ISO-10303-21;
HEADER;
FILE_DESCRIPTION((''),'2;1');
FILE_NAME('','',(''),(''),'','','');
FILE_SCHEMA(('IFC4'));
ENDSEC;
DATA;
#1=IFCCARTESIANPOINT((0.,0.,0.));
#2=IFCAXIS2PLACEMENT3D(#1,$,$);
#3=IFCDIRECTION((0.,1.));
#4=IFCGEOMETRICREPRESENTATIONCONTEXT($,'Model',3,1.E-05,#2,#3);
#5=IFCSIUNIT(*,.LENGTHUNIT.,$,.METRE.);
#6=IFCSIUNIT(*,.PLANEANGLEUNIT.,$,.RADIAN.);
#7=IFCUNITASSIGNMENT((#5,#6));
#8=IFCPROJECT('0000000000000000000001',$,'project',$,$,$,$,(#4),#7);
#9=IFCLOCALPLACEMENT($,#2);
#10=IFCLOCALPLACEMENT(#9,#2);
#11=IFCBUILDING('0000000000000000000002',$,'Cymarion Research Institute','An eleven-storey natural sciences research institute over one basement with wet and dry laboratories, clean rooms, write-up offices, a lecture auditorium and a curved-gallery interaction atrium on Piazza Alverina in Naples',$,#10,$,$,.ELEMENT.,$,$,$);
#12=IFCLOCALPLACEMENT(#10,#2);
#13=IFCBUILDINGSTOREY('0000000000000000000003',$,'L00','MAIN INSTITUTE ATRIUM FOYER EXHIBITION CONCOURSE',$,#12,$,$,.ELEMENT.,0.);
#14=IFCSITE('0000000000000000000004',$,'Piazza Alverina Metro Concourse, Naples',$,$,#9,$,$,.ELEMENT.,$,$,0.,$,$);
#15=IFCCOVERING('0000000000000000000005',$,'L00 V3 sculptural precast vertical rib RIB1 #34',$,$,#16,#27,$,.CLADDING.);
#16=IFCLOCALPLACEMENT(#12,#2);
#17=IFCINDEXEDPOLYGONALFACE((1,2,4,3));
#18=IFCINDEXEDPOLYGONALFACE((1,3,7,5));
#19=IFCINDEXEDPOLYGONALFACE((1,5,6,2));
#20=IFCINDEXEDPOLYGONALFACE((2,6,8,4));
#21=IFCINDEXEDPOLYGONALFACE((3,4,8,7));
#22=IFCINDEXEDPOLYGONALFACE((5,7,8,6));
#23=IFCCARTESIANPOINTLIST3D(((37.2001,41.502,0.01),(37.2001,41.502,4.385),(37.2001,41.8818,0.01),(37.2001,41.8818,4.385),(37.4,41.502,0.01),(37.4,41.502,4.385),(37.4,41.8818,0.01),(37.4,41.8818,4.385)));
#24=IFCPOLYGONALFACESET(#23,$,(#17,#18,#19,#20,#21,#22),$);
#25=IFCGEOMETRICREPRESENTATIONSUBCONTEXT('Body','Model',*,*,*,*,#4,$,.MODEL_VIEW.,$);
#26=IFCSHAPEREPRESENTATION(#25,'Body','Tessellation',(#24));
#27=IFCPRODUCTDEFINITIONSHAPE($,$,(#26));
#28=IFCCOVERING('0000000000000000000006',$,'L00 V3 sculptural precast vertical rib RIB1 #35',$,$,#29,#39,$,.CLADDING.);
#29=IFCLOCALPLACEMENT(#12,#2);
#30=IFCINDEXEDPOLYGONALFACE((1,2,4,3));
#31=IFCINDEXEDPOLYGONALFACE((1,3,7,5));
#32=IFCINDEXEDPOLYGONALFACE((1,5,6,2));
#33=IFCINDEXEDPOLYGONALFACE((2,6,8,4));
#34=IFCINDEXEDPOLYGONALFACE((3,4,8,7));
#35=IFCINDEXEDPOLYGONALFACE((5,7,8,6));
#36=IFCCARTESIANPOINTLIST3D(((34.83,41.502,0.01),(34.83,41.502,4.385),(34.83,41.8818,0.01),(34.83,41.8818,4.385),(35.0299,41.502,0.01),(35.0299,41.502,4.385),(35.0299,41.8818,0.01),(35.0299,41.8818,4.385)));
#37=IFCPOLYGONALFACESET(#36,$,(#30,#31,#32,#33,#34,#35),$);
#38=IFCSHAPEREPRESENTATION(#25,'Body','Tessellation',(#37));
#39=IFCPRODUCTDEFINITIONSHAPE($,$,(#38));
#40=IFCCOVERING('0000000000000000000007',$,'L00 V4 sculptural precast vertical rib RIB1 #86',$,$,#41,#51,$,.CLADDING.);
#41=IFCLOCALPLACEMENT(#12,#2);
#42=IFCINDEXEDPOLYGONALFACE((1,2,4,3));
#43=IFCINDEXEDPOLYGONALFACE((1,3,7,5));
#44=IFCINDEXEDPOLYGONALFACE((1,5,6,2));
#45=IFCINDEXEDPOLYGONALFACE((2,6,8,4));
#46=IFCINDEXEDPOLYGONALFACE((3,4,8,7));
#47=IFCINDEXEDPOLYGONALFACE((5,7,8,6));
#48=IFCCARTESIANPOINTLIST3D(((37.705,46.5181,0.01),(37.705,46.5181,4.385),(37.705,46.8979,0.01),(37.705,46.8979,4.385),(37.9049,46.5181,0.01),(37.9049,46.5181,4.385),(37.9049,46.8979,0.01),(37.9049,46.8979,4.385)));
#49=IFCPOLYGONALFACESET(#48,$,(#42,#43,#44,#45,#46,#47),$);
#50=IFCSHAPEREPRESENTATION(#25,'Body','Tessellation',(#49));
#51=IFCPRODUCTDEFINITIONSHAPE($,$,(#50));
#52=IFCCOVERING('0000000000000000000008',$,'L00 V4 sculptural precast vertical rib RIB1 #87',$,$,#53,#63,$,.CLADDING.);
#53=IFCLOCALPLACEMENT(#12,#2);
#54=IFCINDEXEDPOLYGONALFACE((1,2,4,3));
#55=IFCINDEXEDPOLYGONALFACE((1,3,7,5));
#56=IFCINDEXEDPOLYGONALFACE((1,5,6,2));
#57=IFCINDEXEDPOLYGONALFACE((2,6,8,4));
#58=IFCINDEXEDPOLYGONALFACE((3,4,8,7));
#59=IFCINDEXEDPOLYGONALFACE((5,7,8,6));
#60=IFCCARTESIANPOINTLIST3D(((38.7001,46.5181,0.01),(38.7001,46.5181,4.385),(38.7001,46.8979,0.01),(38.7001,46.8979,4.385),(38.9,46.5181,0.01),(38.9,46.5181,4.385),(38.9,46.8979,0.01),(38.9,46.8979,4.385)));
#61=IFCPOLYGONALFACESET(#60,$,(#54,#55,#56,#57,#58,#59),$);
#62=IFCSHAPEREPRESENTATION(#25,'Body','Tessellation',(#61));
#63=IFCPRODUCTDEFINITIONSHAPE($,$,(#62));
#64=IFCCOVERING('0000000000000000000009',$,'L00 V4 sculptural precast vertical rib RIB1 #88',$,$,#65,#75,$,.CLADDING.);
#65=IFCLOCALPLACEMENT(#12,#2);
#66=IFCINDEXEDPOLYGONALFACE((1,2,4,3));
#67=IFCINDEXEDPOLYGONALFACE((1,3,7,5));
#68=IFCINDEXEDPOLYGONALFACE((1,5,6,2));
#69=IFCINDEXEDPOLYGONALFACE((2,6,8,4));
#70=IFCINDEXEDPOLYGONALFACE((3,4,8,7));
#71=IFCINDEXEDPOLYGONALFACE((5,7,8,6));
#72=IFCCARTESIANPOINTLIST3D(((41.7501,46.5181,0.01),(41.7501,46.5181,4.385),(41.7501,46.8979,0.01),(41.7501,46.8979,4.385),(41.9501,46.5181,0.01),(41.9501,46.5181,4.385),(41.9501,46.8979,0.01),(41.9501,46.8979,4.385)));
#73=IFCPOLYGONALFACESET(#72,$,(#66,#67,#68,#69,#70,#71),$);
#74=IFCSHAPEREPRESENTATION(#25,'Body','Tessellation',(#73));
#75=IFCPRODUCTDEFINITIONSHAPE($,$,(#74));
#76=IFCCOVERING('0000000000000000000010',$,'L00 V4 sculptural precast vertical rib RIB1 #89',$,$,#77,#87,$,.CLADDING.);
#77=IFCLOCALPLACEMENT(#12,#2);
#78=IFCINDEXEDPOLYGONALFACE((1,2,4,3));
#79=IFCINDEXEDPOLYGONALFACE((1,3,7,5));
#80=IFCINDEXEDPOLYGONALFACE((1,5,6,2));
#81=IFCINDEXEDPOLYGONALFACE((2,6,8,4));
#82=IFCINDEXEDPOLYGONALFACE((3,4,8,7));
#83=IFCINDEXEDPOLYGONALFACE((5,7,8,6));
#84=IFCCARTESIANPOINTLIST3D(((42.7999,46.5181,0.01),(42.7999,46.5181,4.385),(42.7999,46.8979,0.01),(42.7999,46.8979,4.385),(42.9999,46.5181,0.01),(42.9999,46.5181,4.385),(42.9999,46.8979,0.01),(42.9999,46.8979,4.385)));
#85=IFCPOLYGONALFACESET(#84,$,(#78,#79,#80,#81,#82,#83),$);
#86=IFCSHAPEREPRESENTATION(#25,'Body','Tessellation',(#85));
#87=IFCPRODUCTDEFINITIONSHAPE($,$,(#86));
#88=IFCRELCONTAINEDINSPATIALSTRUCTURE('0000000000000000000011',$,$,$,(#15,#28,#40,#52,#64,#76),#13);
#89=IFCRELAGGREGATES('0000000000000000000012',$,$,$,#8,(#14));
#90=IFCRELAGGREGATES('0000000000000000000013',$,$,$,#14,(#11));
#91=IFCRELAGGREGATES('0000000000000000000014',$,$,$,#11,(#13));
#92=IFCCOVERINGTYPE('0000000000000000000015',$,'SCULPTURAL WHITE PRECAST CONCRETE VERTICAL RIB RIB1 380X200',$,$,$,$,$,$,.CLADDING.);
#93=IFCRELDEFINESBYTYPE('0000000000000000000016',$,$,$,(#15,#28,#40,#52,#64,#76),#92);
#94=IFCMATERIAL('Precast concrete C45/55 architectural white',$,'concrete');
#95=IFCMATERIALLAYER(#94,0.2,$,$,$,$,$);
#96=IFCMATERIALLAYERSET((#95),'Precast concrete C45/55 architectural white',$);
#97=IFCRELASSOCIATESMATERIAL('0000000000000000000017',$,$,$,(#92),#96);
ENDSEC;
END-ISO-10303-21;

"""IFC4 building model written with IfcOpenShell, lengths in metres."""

from ifc_helpers import new_model, si_unit, direction, frame, origin, origin_2d, place, context, subcontext, project, spatial, rectangle, extrude, material, layer, layer_set, type_object, element, save


model = new_model("IFC4")

# Units and contexts
model_context = context("Model", 3, precision=1e-05, world=origin(), true_north=direction((0.0, 1.0)))
body_context = subcontext(model_context, "Body", "Model", "MODEL_VIEW")
ifc_project = project(units=[si_unit("LENGTHUNIT", "METRE"), si_unit("PLANEANGLEUNIT", "RADIAN")], contexts=[model_context])

# Site, building, storey
site_placement = place(None, origin())
site = spatial("IfcSite", under=ifc_project, at=site_placement, Name="Piazza Alverina Metro Concourse, Naples", CompositionType="ELEMENT", RefElevation=0.0)
building_placement = place(site_placement, origin())
building = spatial("IfcBuilding", under=site, at=building_placement, Name="Cymarion Research Institute", Description="An eleven-storey natural sciences research institute over one basement with wet and dry laboratories, clean rooms, write-up offices, a lecture auditorium and a curved-gallery interaction atrium on Piazza Alverina in Naples", CompositionType="ELEMENT")
storey_placement = place(building_placement, origin())
storey = spatial("IfcBuildingStorey", under=building, at=storey_placement, Name="L00", Description="MAIN INSTITUTE ATRIUM FOYER EXHIBITION CONCOURSE", CompositionType="ELEMENT", Elevation=0.0)

# Coverings
ifc_material_1 = material(Name="Precast concrete C45/55 architectural white", Category="concrete")
ifc_layer_1 = layer(ifc_material_1, 0.2)
ifc_layer_set_1 = layer_set([ifc_layer_1], Name="Precast concrete C45/55 architectural white")
covering_type_1 = type_object("IfcCoveringType", Name="SCULPTURAL WHITE PRECAST CONCRETE VERTICAL RIB RIB1 380X200", PredefinedType="CLADDING", material=ifc_layer_set_1)
for number, where, z_axis, x_axis, name in (
    (1, (37.3, 41.6919, 0.01), (0.0, 0.0, 1.0), (0.0, 1.0, 0.0), "L00 V3 sculptural precast vertical rib RIB1 #34"),
    (2, (34.9299, 41.6919, 0.01), (0.0, 0.0, 1.0), (0.0, 1.0, 0.0), "L00 V3 sculptural precast vertical rib RIB1 #35"),
    (3, (37.8049, 46.708, 0.01), (0.0, 0.0, 1.0), (0.0, -1.0, 0.0), "L00 V4 sculptural precast vertical rib RIB1 #86"),
    (4, (38.8, 46.708, 0.01), (0.0, 0.0, 1.0), (0.0, -1.0, 0.0), "L00 V4 sculptural precast vertical rib RIB1 #87"),
    (5, (41.8501, 46.708, 0.01), (0.0, 0.0, 1.0), (0.0, -1.0, 0.0), "L00 V4 sculptural precast vertical rib RIB1 #88"),
    (6, (42.8999, 46.708, 0.01), (0.0, 0.0, 1.0), (0.0, -1.0, 0.0), "L00 V4 sculptural precast vertical rib RIB1 #89"),
):
    element("IfcCovering", number, at=place(storey_placement, frame(where, z_axis=z_axis, x_axis=x_axis)), inside=storey, type_object=covering_type_1, Name=name, PredefinedType="CLADDING", context=body_context, shape_type="SweptSolid", body=[
        extrude(rectangle(XDim=0.3799, YDim=0.2, at=origin_2d()), origin(), (0.0, 0.0, 1.0), 4.375),
    ])

save(model, "model.ifc")
